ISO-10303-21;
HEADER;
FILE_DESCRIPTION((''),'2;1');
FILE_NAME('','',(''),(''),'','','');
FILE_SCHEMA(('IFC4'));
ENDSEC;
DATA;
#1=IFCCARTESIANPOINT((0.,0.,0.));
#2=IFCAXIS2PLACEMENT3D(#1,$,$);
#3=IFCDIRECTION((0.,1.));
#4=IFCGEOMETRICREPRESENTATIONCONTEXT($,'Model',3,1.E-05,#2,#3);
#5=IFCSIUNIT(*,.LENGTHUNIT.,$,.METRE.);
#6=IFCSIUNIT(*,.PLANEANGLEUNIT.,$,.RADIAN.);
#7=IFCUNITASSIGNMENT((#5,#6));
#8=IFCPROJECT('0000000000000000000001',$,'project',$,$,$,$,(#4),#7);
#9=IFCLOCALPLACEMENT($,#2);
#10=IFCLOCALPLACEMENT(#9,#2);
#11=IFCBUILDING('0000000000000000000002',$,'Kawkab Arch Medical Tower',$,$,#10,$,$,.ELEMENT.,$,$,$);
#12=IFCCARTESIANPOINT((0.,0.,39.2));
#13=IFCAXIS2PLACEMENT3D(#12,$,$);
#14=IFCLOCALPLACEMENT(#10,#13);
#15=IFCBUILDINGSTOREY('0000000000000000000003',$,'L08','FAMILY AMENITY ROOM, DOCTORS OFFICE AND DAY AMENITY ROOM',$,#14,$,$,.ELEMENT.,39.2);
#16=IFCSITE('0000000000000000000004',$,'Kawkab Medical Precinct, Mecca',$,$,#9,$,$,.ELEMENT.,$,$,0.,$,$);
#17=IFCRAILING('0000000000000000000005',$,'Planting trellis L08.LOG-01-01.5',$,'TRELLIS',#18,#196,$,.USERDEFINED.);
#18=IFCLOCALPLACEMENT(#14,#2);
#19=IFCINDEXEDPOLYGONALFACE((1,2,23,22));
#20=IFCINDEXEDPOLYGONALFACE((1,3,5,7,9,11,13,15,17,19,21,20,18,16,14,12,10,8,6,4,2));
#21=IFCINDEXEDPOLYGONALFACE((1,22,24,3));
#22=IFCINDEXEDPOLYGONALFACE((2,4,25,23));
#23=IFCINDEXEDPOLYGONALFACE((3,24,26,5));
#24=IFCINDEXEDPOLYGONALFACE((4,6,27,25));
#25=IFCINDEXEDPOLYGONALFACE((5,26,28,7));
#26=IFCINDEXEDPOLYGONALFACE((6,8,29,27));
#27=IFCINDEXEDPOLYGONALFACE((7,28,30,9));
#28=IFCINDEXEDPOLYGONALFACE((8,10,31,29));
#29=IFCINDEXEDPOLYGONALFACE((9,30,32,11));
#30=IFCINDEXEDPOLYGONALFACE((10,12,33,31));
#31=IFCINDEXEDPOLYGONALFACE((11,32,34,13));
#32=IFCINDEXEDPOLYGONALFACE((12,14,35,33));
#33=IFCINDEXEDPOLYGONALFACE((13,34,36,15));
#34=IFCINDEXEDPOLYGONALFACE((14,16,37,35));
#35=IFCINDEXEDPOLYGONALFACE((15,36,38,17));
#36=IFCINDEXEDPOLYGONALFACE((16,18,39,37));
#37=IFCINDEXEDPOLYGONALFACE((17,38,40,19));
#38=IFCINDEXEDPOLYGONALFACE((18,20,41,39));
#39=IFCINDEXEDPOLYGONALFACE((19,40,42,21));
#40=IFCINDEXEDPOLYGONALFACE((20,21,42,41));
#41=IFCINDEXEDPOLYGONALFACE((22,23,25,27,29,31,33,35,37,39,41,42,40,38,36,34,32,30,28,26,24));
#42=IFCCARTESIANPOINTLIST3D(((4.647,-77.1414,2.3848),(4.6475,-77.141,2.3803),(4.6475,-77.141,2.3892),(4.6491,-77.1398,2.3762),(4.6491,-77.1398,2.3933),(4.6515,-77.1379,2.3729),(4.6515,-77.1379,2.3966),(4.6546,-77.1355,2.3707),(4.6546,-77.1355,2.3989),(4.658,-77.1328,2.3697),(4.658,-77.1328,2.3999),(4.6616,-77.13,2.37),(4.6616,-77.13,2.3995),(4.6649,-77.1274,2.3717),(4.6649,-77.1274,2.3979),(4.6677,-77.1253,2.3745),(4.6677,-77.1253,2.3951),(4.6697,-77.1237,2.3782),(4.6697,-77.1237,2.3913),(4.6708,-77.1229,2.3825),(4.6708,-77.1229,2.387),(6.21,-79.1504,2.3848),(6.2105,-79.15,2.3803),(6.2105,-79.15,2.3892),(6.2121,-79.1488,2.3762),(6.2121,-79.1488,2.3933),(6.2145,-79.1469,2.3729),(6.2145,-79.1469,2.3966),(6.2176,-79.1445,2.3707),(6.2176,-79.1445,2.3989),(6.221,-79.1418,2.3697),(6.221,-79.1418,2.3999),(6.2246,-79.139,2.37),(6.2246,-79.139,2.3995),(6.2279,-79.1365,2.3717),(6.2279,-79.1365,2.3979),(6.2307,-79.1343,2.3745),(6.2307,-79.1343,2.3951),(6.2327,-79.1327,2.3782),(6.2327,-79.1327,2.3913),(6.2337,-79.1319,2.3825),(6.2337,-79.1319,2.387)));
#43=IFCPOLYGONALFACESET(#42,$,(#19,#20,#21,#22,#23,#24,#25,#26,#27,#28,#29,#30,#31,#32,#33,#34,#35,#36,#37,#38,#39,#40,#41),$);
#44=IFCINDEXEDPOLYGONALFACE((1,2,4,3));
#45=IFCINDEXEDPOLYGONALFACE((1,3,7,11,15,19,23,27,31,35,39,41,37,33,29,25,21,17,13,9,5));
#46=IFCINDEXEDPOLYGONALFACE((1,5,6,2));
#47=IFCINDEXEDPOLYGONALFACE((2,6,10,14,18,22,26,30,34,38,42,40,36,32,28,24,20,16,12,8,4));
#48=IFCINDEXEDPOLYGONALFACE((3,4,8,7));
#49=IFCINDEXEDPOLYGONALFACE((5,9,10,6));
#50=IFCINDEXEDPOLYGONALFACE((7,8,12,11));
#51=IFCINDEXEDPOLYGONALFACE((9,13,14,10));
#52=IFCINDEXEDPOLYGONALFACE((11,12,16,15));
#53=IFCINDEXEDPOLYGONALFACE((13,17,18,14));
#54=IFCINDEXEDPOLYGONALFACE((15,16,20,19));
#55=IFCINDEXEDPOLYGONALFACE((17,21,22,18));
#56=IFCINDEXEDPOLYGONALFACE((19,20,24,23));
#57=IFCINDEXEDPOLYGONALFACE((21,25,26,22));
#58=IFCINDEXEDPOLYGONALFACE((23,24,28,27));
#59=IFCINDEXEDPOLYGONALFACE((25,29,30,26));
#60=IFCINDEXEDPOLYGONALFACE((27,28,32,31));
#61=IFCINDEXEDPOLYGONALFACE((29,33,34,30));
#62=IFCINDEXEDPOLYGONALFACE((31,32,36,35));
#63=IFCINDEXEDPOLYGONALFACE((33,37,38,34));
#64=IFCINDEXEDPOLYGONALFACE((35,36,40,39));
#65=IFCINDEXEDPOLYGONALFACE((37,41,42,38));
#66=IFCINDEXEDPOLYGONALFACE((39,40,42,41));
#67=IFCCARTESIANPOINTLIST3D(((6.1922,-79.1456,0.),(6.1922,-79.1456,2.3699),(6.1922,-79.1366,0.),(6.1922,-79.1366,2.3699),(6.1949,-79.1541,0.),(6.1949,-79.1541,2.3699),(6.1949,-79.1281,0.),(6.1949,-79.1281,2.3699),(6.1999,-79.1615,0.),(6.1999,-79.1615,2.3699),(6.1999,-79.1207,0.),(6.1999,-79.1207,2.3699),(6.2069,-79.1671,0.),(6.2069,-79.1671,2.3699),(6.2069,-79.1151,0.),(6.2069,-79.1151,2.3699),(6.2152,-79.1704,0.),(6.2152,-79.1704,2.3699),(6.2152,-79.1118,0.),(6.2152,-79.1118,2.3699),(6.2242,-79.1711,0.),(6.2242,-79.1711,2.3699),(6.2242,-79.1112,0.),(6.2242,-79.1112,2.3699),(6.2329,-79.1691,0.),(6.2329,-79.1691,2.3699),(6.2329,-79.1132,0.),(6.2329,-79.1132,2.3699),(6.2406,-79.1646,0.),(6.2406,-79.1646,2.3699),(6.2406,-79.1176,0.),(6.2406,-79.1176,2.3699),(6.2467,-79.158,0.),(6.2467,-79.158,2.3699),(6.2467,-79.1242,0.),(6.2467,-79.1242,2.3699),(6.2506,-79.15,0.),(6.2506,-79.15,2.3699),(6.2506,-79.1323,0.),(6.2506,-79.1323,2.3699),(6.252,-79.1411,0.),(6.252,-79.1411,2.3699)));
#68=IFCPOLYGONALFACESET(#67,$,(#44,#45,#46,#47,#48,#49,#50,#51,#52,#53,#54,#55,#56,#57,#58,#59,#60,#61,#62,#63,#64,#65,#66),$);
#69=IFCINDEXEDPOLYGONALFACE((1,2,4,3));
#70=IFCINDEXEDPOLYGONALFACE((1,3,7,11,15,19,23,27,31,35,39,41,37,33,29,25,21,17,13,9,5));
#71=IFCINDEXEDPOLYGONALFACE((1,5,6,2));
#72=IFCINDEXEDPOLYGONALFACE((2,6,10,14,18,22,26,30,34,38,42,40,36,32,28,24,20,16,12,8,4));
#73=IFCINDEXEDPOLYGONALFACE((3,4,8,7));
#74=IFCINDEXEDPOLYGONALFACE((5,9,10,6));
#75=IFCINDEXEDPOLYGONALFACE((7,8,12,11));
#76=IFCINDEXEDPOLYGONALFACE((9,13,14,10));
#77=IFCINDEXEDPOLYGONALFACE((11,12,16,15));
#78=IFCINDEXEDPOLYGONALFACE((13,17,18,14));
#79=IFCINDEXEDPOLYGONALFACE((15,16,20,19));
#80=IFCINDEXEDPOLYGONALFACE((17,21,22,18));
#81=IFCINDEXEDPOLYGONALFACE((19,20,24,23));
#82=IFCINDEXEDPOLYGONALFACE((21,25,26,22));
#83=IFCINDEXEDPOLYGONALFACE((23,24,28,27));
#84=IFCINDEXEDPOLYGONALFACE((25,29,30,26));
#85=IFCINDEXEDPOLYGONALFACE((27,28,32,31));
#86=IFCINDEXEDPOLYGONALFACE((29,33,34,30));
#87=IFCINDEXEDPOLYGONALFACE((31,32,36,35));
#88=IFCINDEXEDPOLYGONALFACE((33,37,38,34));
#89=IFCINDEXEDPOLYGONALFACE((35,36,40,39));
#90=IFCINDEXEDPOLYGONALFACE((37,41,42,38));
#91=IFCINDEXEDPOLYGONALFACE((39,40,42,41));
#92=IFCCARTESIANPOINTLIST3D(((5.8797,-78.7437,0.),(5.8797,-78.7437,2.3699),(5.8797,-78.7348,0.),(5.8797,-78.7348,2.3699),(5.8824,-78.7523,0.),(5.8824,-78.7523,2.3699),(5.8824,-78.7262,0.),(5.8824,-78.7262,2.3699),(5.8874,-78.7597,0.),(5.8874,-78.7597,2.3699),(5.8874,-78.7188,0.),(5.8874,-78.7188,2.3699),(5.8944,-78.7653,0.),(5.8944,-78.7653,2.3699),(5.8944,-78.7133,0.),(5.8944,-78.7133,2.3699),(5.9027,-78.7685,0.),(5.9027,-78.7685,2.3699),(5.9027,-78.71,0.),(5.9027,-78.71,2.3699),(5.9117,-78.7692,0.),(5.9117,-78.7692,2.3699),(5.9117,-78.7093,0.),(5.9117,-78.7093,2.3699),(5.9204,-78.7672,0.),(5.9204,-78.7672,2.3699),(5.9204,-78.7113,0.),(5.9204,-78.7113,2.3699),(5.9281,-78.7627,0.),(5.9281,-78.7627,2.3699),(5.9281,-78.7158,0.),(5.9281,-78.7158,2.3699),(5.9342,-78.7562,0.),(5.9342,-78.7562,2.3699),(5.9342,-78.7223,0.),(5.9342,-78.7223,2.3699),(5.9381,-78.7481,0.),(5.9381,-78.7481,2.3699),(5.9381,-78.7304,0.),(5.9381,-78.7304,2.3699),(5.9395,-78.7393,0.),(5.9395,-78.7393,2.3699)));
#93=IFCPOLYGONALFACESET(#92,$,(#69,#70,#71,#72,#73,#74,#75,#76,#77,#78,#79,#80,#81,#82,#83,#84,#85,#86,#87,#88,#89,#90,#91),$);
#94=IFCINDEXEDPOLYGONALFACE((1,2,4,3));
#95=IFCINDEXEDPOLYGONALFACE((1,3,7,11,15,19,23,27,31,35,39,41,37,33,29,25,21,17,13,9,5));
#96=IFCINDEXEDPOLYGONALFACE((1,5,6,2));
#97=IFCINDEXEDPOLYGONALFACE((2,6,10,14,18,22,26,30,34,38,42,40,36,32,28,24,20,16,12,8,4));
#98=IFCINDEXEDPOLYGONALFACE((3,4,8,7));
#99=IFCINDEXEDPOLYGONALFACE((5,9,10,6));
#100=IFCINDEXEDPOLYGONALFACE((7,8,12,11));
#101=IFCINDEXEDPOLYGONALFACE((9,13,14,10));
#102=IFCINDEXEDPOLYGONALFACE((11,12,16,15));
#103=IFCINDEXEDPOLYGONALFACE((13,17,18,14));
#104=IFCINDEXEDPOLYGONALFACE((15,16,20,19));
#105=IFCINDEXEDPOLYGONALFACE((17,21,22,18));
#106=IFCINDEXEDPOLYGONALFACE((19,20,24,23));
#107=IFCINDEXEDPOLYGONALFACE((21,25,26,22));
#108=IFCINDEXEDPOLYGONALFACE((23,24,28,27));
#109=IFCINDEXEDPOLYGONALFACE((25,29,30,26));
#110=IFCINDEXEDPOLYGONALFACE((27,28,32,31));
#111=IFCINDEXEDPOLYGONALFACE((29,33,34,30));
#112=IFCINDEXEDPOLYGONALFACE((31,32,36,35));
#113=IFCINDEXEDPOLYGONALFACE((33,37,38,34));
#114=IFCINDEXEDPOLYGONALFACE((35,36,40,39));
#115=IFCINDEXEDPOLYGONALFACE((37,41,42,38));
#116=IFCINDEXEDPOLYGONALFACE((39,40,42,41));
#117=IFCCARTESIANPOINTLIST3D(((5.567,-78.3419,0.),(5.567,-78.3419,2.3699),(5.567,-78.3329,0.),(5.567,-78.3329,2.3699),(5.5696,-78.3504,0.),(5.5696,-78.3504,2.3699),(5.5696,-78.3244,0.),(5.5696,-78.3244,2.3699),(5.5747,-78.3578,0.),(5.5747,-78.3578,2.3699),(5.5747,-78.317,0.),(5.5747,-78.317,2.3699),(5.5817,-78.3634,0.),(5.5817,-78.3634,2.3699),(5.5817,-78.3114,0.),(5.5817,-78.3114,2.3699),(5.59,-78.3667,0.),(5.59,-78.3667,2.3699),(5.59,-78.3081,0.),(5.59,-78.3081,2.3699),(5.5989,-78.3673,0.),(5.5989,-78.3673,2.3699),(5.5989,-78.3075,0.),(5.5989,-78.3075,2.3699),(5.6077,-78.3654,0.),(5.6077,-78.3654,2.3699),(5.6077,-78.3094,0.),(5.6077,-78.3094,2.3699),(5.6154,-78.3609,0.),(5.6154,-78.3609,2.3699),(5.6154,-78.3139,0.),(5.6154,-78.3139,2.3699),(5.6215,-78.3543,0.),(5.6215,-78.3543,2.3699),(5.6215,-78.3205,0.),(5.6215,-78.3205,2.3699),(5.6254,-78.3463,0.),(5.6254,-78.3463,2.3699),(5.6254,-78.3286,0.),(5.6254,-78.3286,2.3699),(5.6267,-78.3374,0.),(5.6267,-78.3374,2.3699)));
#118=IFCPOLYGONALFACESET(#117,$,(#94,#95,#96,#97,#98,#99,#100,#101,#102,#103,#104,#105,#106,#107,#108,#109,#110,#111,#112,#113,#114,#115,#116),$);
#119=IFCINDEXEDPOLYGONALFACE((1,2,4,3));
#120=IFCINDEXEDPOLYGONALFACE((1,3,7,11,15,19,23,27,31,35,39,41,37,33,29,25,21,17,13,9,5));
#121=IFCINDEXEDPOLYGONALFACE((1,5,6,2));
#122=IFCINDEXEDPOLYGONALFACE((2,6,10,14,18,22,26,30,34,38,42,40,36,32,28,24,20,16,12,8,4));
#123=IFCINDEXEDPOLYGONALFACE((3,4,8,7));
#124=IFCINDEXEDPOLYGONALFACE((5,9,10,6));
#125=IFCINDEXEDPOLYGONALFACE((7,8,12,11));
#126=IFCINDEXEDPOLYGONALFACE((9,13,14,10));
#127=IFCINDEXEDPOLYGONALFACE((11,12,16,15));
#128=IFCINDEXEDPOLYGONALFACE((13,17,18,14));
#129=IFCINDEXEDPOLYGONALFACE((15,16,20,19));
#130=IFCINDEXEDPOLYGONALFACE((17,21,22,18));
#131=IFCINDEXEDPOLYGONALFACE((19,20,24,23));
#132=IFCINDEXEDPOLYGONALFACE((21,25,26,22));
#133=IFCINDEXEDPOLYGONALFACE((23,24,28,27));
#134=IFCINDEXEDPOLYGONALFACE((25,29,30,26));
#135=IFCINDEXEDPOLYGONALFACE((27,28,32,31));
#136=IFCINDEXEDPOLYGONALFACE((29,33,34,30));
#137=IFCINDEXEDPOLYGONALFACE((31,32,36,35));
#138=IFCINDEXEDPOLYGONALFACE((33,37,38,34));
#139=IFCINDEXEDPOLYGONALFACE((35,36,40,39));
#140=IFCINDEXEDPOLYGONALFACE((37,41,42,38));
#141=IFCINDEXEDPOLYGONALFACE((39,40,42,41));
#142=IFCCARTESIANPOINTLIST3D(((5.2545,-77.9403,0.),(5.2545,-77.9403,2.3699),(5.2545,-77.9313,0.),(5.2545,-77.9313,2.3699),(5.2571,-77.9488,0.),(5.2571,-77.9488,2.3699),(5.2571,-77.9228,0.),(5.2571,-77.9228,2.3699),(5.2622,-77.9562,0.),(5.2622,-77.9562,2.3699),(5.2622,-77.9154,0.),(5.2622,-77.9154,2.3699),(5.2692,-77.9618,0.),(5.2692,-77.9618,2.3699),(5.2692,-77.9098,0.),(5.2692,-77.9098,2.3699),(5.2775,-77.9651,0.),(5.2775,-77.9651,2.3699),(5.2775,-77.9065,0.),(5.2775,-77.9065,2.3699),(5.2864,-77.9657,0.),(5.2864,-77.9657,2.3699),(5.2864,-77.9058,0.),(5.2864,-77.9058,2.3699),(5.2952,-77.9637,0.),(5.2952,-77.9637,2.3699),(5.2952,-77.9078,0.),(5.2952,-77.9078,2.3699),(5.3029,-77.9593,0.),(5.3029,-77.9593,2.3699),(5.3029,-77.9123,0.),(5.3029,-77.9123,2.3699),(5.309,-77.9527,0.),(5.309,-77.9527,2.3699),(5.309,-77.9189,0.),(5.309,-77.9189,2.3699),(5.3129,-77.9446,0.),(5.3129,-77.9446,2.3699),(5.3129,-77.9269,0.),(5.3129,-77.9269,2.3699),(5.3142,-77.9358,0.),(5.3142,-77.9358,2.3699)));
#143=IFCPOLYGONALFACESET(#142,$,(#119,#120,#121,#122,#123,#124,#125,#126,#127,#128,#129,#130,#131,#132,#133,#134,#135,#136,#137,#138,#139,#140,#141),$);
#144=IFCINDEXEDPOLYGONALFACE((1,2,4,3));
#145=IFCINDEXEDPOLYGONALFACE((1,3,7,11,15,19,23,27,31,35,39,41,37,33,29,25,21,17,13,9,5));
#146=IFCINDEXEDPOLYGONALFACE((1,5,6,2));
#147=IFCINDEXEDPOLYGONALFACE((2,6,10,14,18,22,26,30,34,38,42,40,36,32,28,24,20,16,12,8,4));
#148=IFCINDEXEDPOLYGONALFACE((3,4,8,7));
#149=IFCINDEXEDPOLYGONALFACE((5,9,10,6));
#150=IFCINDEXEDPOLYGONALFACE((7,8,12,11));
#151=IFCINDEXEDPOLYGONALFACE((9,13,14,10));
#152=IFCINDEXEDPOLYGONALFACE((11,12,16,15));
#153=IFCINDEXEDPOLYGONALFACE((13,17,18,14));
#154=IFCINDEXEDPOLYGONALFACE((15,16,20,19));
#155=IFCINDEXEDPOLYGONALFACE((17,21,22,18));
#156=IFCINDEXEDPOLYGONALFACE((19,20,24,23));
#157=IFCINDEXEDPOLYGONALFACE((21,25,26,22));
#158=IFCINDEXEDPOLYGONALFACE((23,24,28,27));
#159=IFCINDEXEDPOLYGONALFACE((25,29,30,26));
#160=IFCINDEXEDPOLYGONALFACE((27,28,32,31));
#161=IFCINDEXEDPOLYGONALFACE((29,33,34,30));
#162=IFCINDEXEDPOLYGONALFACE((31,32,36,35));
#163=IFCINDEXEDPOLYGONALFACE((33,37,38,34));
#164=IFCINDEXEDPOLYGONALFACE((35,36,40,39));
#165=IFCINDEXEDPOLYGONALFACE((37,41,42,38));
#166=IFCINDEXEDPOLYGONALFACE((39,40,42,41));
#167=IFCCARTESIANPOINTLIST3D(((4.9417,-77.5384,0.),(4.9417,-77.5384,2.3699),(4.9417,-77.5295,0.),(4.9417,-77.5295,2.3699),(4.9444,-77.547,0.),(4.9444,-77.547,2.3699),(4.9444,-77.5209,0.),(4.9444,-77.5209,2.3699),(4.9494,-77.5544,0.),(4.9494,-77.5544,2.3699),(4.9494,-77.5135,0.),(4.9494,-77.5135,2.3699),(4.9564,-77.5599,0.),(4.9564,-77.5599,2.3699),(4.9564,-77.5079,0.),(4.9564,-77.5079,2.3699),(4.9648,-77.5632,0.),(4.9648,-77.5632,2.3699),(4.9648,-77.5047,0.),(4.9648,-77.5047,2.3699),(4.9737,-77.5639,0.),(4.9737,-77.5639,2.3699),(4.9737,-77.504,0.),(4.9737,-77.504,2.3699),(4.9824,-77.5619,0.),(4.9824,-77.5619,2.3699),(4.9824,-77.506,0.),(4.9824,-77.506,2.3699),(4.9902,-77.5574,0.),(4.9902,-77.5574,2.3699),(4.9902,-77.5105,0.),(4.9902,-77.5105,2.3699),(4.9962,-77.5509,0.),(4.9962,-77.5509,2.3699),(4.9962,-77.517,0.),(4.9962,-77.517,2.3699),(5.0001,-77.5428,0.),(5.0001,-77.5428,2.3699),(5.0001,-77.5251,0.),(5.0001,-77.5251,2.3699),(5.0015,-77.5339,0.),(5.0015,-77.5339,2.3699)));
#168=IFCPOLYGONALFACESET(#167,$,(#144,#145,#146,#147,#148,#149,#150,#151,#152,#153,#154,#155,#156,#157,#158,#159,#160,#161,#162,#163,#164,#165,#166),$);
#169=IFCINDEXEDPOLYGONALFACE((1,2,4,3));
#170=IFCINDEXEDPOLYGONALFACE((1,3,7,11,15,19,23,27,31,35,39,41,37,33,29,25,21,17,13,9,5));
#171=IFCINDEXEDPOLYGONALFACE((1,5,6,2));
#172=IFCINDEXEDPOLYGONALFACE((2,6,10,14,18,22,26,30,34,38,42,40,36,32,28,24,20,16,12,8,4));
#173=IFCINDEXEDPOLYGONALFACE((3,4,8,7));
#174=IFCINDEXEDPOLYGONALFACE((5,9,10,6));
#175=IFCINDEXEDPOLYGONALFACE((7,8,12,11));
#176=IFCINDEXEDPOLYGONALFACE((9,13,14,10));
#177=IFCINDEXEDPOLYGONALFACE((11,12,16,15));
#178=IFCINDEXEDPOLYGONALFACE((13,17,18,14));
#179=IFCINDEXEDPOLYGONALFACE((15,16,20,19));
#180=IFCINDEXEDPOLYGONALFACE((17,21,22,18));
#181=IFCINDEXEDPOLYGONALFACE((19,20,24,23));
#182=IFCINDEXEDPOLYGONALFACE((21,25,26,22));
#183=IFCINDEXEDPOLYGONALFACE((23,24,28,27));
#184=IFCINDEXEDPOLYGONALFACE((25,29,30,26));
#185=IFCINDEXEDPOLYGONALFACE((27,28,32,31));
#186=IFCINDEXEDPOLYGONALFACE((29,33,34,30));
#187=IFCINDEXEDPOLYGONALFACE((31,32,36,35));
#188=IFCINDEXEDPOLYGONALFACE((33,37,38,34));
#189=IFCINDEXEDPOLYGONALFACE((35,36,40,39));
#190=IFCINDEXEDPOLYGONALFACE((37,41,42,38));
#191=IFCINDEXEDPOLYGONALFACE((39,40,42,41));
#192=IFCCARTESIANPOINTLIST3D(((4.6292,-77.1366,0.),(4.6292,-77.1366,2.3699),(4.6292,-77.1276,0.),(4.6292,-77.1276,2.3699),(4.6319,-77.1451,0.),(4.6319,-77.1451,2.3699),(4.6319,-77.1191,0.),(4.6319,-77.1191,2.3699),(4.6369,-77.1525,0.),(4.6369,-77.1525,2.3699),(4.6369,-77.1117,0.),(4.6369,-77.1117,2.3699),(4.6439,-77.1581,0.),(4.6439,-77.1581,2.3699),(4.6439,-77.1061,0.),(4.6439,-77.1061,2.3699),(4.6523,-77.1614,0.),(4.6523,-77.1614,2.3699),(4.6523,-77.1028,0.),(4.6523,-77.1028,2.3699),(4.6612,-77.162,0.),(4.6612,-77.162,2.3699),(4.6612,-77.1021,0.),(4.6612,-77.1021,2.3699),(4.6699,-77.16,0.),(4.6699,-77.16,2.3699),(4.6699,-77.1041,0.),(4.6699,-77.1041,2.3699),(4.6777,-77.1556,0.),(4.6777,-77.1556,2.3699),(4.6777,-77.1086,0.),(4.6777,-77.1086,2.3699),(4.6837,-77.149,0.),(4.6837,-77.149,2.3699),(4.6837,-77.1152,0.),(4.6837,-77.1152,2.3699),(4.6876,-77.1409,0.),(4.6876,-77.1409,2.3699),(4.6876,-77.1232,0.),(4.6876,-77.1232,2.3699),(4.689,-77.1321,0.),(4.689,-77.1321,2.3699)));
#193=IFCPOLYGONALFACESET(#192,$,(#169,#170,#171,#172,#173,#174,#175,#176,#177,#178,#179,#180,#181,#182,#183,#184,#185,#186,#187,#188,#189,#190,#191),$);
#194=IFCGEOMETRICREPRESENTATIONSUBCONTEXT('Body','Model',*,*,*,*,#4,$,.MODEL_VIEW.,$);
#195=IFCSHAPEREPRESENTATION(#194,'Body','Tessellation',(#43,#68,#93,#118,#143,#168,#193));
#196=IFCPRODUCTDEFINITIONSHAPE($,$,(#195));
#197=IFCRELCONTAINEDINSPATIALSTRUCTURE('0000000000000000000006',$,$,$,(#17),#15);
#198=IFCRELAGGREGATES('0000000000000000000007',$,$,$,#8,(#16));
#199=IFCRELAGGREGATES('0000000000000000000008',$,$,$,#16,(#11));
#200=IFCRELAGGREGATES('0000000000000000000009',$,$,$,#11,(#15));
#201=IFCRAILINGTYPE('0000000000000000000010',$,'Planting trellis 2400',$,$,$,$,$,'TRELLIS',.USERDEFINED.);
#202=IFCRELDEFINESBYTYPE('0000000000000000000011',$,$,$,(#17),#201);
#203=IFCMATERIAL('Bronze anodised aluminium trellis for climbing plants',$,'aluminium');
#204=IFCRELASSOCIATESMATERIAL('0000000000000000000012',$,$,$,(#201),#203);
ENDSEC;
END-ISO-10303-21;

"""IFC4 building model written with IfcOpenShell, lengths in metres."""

from ifc_helpers import new_model, si_unit, direction, frame, origin, origin_2d, place, context, subcontext, project, spatial, circle, extrude, material, type_object, element, save


model = new_model("IFC4")

# Units and contexts
model_context = context("Model", 3, precision=1e-05, world=origin(), true_north=direction((0.0, 1.0)))
body_context = subcontext(model_context, "Body", "Model", "MODEL_VIEW")
ifc_project = project(units=[si_unit("LENGTHUNIT", "METRE"), si_unit("PLANEANGLEUNIT", "RADIAN")], contexts=[model_context])

# Site, building, storey
site_placement = place(None, origin())
site = spatial("IfcSite", under=ifc_project, at=site_placement, Name="Kawkab Medical Precinct, Mecca", CompositionType="ELEMENT", RefElevation=0.0)
building_placement = place(site_placement, origin())
building = spatial("IfcBuilding", under=site, at=building_placement, Name="Kawkab Arch Medical Tower", CompositionType="ELEMENT")
storey_placement = place(building_placement, frame((0.0, 0.0, 39.2)))
storey = spatial("IfcBuildingStorey", under=building, at=storey_placement, Name="L08", Description="FAMILY AMENITY ROOM, DOCTORS OFFICE AND DAY AMENITY ROOM", CompositionType="ELEMENT", Elevation=39.2)

# Railing
ifc_material_1 = material(Name="Bronze anodised aluminium trellis for climbing plants", Category="aluminium")
railing_type = type_object("IfcRailingType", Name="Planting trellis 2400", ElementType="TRELLIS", PredefinedType="USERDEFINED", material=ifc_material_1)
railing_placement = place(storey_placement, frame((6.2219, -79.1411, 0.0)))
element("IfcRailing", 1, at=railing_placement, inside=storey, type_object=railing_type, Name="Planting trellis L08.LOG-01-01.5", ObjectType="TRELLIS", PredefinedType="USERDEFINED", context=body_context, shape_type="SweptSolid", body=[
    extrude(circle(Radius=0.0151, at=origin_2d()), frame((0.0, 0.0, 2.3848), z_axis=(-0.61404, 0.789275, 0.0), x_axis=(-0.789275, -0.61404, 0.0)), (0.0, 0.0, 1.0), 2.5454),
    extrude(circle(Radius=0.03, at=origin_2d()), origin(), (0.0, 0.0, 1.0), 2.3699),
    extrude(circle(Radius=0.03, at=origin_2d()), frame((-0.3125, 0.4019, 0.0)), (0.0, 0.0, 1.0), 2.3699),
    extrude(circle(Radius=0.03, at=origin_2d()), frame((-0.6252, 0.8037, 0.0)), (0.0, 0.0, 1.0), 2.3699),
    extrude(circle(Radius=0.03, at=origin_2d()), frame((-0.9377, 1.2053, 0.0)), (0.0, 0.0, 1.0), 2.3699),
    extrude(circle(Radius=0.03, at=origin_2d()), frame((-1.2505, 1.6072, 0.0)), (0.0, 0.0, 1.0), 2.3699),
    extrude(circle(Radius=0.03, at=origin_2d()), frame((-1.563, 2.009, 0.0)), (0.0, 0.0, 1.0), 2.3699),
])

save(model, "model.ifc")
